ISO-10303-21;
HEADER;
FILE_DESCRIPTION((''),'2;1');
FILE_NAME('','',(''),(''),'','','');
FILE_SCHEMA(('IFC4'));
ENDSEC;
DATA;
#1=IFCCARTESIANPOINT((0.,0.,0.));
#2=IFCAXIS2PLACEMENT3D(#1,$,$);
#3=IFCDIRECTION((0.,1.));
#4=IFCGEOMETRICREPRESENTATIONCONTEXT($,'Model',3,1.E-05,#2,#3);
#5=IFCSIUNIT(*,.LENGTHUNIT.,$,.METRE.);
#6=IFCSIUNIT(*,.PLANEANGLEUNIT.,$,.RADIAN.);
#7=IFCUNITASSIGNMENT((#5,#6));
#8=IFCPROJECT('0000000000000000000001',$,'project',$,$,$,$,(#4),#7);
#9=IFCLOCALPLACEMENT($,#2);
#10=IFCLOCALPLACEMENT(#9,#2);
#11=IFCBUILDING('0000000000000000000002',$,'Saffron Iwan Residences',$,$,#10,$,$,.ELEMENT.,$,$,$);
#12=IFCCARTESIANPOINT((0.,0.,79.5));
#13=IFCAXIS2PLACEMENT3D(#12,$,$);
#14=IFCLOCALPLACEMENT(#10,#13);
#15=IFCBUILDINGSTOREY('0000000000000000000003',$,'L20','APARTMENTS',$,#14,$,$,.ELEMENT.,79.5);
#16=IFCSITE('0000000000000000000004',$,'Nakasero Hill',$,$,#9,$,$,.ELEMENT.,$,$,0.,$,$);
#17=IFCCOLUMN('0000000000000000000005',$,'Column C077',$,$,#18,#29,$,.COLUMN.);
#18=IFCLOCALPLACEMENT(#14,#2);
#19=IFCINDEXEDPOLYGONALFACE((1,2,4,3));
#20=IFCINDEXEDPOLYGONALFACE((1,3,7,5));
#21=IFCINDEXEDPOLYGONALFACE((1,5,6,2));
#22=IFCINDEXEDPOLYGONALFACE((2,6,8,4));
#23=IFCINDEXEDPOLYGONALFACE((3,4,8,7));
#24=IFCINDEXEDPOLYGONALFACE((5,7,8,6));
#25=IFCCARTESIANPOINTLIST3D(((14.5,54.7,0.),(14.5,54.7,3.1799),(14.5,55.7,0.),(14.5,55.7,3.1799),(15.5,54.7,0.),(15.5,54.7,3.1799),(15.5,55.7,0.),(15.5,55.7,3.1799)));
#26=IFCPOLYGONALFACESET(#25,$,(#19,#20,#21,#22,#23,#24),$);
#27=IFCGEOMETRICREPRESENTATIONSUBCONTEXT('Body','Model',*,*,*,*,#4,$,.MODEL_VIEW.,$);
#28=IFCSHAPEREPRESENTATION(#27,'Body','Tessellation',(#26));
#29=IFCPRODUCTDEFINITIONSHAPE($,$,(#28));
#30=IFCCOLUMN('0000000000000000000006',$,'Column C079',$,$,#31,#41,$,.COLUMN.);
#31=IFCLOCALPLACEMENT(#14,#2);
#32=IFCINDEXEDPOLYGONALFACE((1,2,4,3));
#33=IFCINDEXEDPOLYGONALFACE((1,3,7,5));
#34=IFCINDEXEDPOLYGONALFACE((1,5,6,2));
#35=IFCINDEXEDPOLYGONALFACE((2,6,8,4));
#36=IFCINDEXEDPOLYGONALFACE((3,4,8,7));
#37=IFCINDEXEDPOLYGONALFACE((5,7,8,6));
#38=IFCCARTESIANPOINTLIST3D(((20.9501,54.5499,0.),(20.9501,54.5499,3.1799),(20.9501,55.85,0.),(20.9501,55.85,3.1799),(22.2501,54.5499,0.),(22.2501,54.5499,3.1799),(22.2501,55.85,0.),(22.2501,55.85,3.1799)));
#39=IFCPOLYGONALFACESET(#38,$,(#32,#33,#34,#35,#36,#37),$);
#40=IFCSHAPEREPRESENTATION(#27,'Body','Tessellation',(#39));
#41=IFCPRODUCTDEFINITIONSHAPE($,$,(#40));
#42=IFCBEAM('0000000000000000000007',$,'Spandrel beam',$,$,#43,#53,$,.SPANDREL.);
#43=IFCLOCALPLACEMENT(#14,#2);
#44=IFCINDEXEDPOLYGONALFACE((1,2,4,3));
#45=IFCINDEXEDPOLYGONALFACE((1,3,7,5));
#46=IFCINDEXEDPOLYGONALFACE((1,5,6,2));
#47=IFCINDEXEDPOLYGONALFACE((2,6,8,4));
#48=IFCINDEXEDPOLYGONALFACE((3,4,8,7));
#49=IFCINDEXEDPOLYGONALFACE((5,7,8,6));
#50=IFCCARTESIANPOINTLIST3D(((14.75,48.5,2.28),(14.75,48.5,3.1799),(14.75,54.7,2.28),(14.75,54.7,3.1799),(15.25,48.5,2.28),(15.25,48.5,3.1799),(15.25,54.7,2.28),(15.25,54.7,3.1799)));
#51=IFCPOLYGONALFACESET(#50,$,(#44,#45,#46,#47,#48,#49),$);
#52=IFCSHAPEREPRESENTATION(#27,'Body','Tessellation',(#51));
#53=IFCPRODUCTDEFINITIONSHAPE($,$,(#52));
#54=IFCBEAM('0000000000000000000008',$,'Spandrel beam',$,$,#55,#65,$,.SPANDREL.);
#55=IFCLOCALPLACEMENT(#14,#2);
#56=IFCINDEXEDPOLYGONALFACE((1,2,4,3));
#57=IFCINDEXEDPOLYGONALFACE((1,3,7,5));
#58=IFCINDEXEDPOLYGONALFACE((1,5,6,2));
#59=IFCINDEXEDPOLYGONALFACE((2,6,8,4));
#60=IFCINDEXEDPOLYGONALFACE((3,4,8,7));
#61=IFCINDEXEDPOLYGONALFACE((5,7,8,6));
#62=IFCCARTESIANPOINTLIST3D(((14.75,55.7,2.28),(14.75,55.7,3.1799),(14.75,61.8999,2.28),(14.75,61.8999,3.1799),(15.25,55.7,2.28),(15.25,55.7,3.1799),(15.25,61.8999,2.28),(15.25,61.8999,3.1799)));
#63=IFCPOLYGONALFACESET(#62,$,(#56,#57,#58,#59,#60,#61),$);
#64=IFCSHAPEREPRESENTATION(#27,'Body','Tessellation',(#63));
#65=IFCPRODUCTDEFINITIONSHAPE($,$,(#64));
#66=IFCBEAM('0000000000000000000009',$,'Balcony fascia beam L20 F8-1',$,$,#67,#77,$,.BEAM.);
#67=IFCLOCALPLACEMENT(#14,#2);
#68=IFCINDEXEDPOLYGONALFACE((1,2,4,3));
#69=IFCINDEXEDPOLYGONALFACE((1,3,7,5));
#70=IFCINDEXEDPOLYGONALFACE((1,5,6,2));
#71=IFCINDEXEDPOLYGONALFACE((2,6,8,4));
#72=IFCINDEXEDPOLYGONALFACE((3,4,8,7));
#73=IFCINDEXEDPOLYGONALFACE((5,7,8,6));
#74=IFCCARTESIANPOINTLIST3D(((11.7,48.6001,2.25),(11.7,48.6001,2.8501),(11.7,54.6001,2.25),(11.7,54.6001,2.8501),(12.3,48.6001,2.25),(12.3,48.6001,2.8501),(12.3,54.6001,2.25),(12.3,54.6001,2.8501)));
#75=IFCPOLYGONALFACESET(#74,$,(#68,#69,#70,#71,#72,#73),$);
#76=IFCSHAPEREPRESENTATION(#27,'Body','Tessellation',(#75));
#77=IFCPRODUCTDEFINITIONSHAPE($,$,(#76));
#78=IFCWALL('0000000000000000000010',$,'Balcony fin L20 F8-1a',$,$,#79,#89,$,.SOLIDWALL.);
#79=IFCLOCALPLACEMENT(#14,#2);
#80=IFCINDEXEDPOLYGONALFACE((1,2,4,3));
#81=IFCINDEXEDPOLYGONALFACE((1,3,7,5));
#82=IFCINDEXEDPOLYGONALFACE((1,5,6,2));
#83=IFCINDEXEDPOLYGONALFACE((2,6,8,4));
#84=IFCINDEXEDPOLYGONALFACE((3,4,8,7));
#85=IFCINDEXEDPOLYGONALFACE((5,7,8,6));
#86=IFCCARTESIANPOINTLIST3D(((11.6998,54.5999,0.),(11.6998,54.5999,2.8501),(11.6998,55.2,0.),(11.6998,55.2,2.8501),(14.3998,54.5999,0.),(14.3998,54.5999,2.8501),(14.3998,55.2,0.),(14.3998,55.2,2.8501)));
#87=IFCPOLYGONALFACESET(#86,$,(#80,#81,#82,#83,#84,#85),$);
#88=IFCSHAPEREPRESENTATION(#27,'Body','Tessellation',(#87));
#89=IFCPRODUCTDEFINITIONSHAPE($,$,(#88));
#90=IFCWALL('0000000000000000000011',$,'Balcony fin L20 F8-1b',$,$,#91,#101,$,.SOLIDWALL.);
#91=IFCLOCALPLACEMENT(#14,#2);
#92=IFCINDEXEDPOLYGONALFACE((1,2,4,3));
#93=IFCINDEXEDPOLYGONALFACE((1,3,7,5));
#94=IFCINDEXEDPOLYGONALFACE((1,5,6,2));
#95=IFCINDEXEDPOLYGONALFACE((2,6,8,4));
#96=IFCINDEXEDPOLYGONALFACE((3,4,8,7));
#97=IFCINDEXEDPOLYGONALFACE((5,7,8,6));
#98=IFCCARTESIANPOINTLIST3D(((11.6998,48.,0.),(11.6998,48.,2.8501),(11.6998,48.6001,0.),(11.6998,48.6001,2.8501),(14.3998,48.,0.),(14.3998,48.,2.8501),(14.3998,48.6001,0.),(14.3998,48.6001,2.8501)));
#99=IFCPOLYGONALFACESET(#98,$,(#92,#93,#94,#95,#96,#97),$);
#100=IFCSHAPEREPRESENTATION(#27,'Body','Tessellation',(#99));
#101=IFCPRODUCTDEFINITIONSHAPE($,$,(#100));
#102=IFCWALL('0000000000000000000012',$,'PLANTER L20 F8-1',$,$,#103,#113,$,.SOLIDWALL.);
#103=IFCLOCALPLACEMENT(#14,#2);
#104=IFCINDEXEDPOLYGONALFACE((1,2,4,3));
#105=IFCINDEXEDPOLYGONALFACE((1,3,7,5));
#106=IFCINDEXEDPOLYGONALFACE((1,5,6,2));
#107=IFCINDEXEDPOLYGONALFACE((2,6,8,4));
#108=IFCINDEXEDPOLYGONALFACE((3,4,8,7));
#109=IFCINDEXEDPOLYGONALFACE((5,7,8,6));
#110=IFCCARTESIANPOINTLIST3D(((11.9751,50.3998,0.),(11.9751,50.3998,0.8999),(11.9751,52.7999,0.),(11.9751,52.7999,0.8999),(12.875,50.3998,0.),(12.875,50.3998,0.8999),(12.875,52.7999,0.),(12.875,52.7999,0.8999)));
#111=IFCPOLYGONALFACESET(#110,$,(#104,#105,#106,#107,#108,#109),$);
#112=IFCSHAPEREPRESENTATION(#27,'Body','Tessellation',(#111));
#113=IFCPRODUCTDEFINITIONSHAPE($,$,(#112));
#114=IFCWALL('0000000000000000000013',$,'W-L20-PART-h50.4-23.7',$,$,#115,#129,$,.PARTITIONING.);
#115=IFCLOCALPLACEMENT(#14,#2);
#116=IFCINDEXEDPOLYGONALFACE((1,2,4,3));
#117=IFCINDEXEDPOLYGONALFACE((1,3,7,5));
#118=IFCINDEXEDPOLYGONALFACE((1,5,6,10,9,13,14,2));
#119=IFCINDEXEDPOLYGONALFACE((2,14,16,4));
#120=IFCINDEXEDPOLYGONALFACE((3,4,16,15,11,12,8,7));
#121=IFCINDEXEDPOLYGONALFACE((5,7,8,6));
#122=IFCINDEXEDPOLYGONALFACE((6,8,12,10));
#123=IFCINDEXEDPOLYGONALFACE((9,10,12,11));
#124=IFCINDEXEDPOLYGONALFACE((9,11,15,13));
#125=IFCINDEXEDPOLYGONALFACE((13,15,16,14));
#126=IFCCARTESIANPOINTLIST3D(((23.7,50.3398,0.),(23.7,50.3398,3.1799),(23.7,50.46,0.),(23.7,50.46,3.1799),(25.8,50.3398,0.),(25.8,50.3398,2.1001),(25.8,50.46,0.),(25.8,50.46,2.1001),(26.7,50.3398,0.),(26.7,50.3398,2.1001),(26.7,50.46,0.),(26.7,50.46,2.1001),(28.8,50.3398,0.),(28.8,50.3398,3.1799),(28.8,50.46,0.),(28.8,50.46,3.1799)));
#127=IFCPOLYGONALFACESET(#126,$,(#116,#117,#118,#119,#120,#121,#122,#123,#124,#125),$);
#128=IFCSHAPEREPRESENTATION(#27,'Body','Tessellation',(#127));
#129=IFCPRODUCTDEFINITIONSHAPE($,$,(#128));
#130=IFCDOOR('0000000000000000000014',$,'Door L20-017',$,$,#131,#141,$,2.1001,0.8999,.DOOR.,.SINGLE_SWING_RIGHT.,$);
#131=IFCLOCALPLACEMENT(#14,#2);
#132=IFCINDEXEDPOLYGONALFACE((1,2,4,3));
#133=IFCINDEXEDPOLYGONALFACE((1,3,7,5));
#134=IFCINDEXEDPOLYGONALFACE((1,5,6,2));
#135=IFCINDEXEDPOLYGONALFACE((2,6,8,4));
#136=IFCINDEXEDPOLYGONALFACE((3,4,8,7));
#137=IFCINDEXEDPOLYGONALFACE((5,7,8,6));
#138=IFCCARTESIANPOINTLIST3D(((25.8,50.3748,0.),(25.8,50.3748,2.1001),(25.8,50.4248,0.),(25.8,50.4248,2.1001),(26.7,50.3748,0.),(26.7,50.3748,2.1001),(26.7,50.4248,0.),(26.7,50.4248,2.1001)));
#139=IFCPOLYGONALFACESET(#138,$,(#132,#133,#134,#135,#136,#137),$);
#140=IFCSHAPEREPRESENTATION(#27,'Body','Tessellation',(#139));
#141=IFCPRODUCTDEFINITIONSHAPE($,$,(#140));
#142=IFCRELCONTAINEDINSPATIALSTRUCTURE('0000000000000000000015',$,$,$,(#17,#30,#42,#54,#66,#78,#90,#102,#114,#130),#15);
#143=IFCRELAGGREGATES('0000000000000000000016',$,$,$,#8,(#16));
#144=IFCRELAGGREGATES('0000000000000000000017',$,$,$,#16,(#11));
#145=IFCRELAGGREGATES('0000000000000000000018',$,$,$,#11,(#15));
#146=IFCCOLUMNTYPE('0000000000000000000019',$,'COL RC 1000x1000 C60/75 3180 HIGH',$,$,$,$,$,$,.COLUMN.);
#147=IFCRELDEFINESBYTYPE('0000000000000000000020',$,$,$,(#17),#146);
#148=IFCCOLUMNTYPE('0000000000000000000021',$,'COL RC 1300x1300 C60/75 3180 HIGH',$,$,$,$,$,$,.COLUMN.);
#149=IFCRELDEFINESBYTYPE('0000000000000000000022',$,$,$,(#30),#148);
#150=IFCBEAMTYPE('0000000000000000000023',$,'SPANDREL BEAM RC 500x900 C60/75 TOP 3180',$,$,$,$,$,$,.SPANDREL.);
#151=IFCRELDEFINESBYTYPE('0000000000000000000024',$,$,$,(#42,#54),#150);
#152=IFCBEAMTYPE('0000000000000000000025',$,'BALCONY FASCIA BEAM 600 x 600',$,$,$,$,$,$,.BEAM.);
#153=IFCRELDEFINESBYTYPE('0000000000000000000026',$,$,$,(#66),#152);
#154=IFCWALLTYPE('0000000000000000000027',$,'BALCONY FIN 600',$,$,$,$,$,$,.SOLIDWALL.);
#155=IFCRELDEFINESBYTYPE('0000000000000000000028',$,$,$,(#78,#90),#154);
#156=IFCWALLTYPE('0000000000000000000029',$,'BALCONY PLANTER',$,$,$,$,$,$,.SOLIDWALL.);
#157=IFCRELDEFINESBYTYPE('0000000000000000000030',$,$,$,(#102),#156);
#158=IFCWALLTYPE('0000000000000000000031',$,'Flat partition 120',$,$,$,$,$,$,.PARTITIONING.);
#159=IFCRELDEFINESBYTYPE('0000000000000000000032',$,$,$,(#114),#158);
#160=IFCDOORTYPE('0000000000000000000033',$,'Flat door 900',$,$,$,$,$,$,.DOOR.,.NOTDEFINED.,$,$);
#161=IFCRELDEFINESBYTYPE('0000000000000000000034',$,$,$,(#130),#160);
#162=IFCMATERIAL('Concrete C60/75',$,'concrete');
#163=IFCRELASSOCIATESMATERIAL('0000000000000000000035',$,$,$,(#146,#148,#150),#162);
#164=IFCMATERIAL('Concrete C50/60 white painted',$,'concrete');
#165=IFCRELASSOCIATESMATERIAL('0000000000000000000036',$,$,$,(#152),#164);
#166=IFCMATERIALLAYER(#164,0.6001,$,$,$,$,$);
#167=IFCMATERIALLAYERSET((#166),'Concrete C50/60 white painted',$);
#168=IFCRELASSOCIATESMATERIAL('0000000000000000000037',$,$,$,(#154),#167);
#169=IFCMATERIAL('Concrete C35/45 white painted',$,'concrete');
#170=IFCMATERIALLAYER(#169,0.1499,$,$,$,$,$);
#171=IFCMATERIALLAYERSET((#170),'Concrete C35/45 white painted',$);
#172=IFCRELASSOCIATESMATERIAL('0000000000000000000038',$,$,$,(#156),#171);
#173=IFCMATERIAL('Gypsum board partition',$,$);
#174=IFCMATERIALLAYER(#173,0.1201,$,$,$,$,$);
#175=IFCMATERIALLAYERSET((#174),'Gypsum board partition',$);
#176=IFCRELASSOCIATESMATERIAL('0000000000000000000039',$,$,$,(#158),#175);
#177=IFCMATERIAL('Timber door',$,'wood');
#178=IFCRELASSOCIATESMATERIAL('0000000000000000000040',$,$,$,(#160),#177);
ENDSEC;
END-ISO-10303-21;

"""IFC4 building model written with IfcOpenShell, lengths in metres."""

from ifc_helpers import new_model, si_unit, direction, frame, frame_2d, origin, origin_2d, place, context, subcontext, project, spatial, rectangle, extrude, source, transform, mapped, material, layer, layer_set, material_profile, profile_set, type_object, element, fill, save


model = new_model("IFC4")

# Units and contexts
model_context = context("Model", 3, precision=1e-05, world=origin(), true_north=direction((0.0, 1.0)))
body_context = subcontext(model_context, "Body", "Model", "MODEL_VIEW")
ifc_project = project(units=[si_unit("LENGTHUNIT", "METRE"), si_unit("PLANEANGLEUNIT", "RADIAN")], contexts=[model_context])

# Site, building, storey
site_placement = place(None, origin())
site = spatial("IfcSite", under=ifc_project, at=site_placement, Name="Nakasero Hill", CompositionType="ELEMENT", RefElevation=0.0)
building_placement = place(site_placement, origin())
building = spatial("IfcBuilding", under=site, at=building_placement, Name="Saffron Iwan Residences", CompositionType="ELEMENT")
storey_placement = place(building_placement, frame((0.0, 0.0, 79.5)))
storey = spatial("IfcBuildingStorey", under=building, at=storey_placement, Name="L20", Description="APARTMENTS", CompositionType="ELEMENT", Elevation=79.5)

# Columns
ifc_material_1 = material(Name="Concrete C60/75", Category="concrete")
ifc_material_profile_1 = material_profile(ifc_material_1, rectangle(XDim=1.0, YDim=1.0, at=origin_2d()), Name="RC 1000x1000")
ifc_profile_set_1 = profile_set([ifc_material_profile_1], Name="Concrete C60/75")
column_type_1 = type_object("IfcColumnType", Name="COL RC 1000x1000 C60/75 3180 HIGH", PredefinedType="COLUMN", material=ifc_profile_set_1)
shared_shape_1 = source(origin(), body_context, "Body", "SweptSolid", [
    extrude(rectangle(XDim=1.0, YDim=1.0, at=origin_2d()), origin(), (0.0, 0.0, 1.0), 3.1799),
])
column_1_placement = place(storey_placement, frame((15.0, 55.2, 0.0), z_axis=(0.0, 0.0, 1.0), x_axis=(1.0, 0.0, 0.0)))
element("IfcColumn", 1, at=column_1_placement, inside=storey, type_object=column_type_1, Name="Column C077", PredefinedType="COLUMN", context=body_context, shape_type="MappedRepresentation", body=[
    mapped(shared_shape_1, transform((0.0, 0.0, 0.0))),
])
ifc_material_profile_2 = material_profile(ifc_material_1, rectangle(XDim=1.3, YDim=1.3, at=origin_2d()), Name="RC 1300x1300")
ifc_profile_set_2 = profile_set([ifc_material_profile_2], Name="Concrete C60/75")
column_type_2 = type_object("IfcColumnType", Name="COL RC 1300x1300 C60/75 3180 HIGH", PredefinedType="COLUMN", material=ifc_profile_set_2)
shared_shape_2 = source(origin(), body_context, "Body", "SweptSolid", [
    extrude(rectangle(XDim=1.3, YDim=1.3, at=origin_2d()), origin(), (0.0, 0.0, 1.0), 3.1799),
])
column_2_placement = place(storey_placement, frame((21.6001, 55.2, 0.0), z_axis=(0.0, 0.0, 1.0), x_axis=(1.0, 0.0, 0.0)))
element("IfcColumn", 2, at=column_2_placement, inside=storey, type_object=column_type_2, Name="Column C079", PredefinedType="COLUMN", context=body_context, shape_type="MappedRepresentation", body=[
    mapped(shared_shape_2, transform((0.0, 0.0, 0.0))),
])

# Beams
ifc_material_profile_3 = material_profile(ifc_material_1, rectangle(XDim=0.5, YDim=0.8999, at=origin_2d()), Name="RC 500x900")
ifc_profile_set_3 = profile_set([ifc_material_profile_3], Name="Concrete C60/75")
beam_type_1 = type_object("IfcBeamType", Name="SPANDREL BEAM RC 500x900 C60/75 TOP 3180", PredefinedType="SPANDREL", material=ifc_profile_set_3)
shared_shape_3 = source(origin(), body_context, "Body", "SweptSolid", [
    extrude(rectangle(XDim=0.5, YDim=0.8999, at=origin_2d()), origin(), (0.0, 0.0, 1.0), 6.2),
])
for number, where, z_axis, x_axis, name in (
    (3, (15.0, 48.5, 2.73), (0.0, 1.0, 0.0), (-1.0, 0.0, 0.0), "Spandrel beam"),
    (4, (15.0, 55.7, 2.73), (0.0, 1.0, 0.0), (-1.0, 0.0, 0.0), "Spandrel beam"),
):
    element("IfcBeam", number, at=place(storey_placement, frame(where, z_axis=z_axis, x_axis=x_axis)), inside=storey, type_object=beam_type_1, Name=name, PredefinedType="SPANDREL", context=body_context, shape_type="MappedRepresentation", body=[
        mapped(shared_shape_3, transform((0.0, 0.0, 0.0))),
    ])
ifc_material_2 = material(Name="Concrete C50/60 white painted", Category="concrete")
ifc_material_profile_4 = material_profile(ifc_material_2, rectangle(XDim=0.6001, YDim=0.6001, at=origin_2d()), Name="BALCONY FASCIA BEAM 600 x 600")
ifc_profile_set_4 = profile_set([ifc_material_profile_4], Name="Concrete C50/60 white painted")
beam_type_2 = type_object("IfcBeamType", Name="BALCONY FASCIA BEAM 600 x 600", PredefinedType="BEAM", material=ifc_profile_set_4)
shared_shape_4 = source(origin(), body_context, "Body", "SweptSolid", [
    extrude(rectangle(XDim=0.6001, YDim=0.6001, at=origin_2d()), origin(), (0.0, 0.0, 1.0), 6.0),
])
beam_placement = place(storey_placement, frame((12.0, 54.6001, 2.55), z_axis=(0.0, -1.0, 0.0), x_axis=(1.0, 0.0, 0.0)))
element("IfcBeam", 5, at=beam_placement, inside=storey, type_object=beam_type_2, Name="Balcony fascia beam L20 F8-1", PredefinedType="BEAM", context=body_context, shape_type="MappedRepresentation", body=[
    mapped(shared_shape_4, transform((0.0, 0.0, 0.0))),
])

# Walls
ifc_layer_1 = layer(ifc_material_2, 0.6001)
ifc_layer_set_1 = layer_set([ifc_layer_1], Name="Concrete C50/60 white painted")
wall_type_1 = type_object("IfcWallType", Name="BALCONY FIN 600", PredefinedType="SOLIDWALL", material=ifc_layer_set_1)
for number, where, z_axis, x_axis, name in (
    (6, (14.3999, 54.8999, 0.0), (0.0, 0.0, 1.0), (-1.0, 0.0, 0.0), "Balcony fin L20 F8-1a"),
    (7, (14.3999, 48.3, 0.0), (0.0, 0.0, 1.0), (-1.0, 0.0, 0.0), "Balcony fin L20 F8-1b"),
):
    element("IfcWall", number, at=place(storey_placement, frame(where, z_axis=z_axis, x_axis=x_axis)), inside=storey, type_object=wall_type_1, Name=name, PredefinedType="SOLIDWALL", context=body_context, shape_type="SweptSolid", body=[
        extrude(rectangle(XDim=2.7, YDim=0.6001, at=frame_2d((1.3501, 0.0))), origin(), (0.0, 0.0, 1.0), 2.8501),
    ])
ifc_material_3 = material(Name="Concrete C35/45 white painted", Category="concrete")
ifc_layer_2 = layer(ifc_material_3, 0.1499)
ifc_layer_set_2 = layer_set([ifc_layer_2], Name="Concrete C35/45 white painted")
wall_type_2 = type_object("IfcWallType", Name="BALCONY PLANTER", PredefinedType="SOLIDWALL", material=ifc_layer_set_2)
wall_1_placement = place(storey_placement, frame((12.425, 52.8, 0.0), z_axis=(0.0, 0.0, 1.0), x_axis=(0.0, -1.0, 0.0)))
element("IfcWall", 8, at=wall_1_placement, inside=storey, type_object=wall_type_2, Name="PLANTER L20 F8-1", PredefinedType="SOLIDWALL", context=body_context, shape_type="SweptSolid", body=[
    extrude(rectangle(XDim=2.4001, YDim=0.8999, at=frame_2d((1.2002, 0.0))), origin(), (0.0, 0.0, 1.0), 0.8999),
])

# Wall, opening, door
ifc_material_4 = material(Name="Gypsum board partition")
ifc_layer_3 = layer(ifc_material_4, 0.1201)
ifc_layer_set_3 = layer_set([ifc_layer_3], Name="Gypsum board partition")
wall_type_3 = type_object("IfcWallType", Name="Flat partition 120", PredefinedType="PARTITIONING", material=ifc_layer_set_3)
wall_2_placement = place(storey_placement, frame((23.7, 50.3999, 0.0), z_axis=(0.0, 0.0, 1.0), x_axis=(1.0, 0.0, 0.0)))
wall_2 = element("IfcWall", 9, at=wall_2_placement, inside=storey, type_object=wall_type_3, Name="W-L20-PART-h50.4-23.7", PredefinedType="PARTITIONING", context=body_context, shape_type="SweptSolid", body=[
    extrude(rectangle(XDim=5.1001, YDim=0.1201, at=frame_2d((2.55, 0.0))), origin(), (0.0, 0.0, 1.0), 3.1799),
])
opening_1_placement = place(wall_2_placement, frame((2.1001, 0.0, 0.0)))
opening_1 = element("IfcOpeningElement", 10, at=opening_1_placement, cuts=wall_2, PredefinedType="OPENING", context=body_context, shape_type="SweptSolid", body=[
    extrude(rectangle(XDim=0.8999, YDim=2.1001, at=frame_2d((0.45, 1.05))), frame((0.0, 0.0701, 0.0), z_axis=(0.0, -1.0, 0.0), x_axis=(1.0, 0.0, 0.0)), (0.0, 0.0, 1.0), 0.1401),
])
ifc_material_5 = material(Name="Timber door", Category="wood")
door_type_1 = type_object("IfcDoorType", Name="Flat door 900", OperationType="NOTDEFINED", PredefinedType="DOOR", material=ifc_material_5)
door_1_placement = place(opening_1_placement, origin())
door_1 = element("IfcDoor", 11, at=door_1_placement, inside=storey, type_object=door_type_1, Name="Door L20-017", OperationType="SINGLE_SWING_RIGHT", OverallHeight=2.1001, OverallWidth=0.8999, PredefinedType="DOOR", context=body_context, shape_type="SweptSolid", body=[
    extrude(rectangle(XDim=0.8999, YDim=2.1001, at=frame_2d((0.45, 1.05))), frame((0.0, 0.0249, 0.0), z_axis=(0.0, -1.0, 0.0), x_axis=(1.0, 0.0, 0.0)), (0.0, 0.0, 1.0), 0.05),
])
fill(opening_1, door_1)

save(model, "model.ifc")
